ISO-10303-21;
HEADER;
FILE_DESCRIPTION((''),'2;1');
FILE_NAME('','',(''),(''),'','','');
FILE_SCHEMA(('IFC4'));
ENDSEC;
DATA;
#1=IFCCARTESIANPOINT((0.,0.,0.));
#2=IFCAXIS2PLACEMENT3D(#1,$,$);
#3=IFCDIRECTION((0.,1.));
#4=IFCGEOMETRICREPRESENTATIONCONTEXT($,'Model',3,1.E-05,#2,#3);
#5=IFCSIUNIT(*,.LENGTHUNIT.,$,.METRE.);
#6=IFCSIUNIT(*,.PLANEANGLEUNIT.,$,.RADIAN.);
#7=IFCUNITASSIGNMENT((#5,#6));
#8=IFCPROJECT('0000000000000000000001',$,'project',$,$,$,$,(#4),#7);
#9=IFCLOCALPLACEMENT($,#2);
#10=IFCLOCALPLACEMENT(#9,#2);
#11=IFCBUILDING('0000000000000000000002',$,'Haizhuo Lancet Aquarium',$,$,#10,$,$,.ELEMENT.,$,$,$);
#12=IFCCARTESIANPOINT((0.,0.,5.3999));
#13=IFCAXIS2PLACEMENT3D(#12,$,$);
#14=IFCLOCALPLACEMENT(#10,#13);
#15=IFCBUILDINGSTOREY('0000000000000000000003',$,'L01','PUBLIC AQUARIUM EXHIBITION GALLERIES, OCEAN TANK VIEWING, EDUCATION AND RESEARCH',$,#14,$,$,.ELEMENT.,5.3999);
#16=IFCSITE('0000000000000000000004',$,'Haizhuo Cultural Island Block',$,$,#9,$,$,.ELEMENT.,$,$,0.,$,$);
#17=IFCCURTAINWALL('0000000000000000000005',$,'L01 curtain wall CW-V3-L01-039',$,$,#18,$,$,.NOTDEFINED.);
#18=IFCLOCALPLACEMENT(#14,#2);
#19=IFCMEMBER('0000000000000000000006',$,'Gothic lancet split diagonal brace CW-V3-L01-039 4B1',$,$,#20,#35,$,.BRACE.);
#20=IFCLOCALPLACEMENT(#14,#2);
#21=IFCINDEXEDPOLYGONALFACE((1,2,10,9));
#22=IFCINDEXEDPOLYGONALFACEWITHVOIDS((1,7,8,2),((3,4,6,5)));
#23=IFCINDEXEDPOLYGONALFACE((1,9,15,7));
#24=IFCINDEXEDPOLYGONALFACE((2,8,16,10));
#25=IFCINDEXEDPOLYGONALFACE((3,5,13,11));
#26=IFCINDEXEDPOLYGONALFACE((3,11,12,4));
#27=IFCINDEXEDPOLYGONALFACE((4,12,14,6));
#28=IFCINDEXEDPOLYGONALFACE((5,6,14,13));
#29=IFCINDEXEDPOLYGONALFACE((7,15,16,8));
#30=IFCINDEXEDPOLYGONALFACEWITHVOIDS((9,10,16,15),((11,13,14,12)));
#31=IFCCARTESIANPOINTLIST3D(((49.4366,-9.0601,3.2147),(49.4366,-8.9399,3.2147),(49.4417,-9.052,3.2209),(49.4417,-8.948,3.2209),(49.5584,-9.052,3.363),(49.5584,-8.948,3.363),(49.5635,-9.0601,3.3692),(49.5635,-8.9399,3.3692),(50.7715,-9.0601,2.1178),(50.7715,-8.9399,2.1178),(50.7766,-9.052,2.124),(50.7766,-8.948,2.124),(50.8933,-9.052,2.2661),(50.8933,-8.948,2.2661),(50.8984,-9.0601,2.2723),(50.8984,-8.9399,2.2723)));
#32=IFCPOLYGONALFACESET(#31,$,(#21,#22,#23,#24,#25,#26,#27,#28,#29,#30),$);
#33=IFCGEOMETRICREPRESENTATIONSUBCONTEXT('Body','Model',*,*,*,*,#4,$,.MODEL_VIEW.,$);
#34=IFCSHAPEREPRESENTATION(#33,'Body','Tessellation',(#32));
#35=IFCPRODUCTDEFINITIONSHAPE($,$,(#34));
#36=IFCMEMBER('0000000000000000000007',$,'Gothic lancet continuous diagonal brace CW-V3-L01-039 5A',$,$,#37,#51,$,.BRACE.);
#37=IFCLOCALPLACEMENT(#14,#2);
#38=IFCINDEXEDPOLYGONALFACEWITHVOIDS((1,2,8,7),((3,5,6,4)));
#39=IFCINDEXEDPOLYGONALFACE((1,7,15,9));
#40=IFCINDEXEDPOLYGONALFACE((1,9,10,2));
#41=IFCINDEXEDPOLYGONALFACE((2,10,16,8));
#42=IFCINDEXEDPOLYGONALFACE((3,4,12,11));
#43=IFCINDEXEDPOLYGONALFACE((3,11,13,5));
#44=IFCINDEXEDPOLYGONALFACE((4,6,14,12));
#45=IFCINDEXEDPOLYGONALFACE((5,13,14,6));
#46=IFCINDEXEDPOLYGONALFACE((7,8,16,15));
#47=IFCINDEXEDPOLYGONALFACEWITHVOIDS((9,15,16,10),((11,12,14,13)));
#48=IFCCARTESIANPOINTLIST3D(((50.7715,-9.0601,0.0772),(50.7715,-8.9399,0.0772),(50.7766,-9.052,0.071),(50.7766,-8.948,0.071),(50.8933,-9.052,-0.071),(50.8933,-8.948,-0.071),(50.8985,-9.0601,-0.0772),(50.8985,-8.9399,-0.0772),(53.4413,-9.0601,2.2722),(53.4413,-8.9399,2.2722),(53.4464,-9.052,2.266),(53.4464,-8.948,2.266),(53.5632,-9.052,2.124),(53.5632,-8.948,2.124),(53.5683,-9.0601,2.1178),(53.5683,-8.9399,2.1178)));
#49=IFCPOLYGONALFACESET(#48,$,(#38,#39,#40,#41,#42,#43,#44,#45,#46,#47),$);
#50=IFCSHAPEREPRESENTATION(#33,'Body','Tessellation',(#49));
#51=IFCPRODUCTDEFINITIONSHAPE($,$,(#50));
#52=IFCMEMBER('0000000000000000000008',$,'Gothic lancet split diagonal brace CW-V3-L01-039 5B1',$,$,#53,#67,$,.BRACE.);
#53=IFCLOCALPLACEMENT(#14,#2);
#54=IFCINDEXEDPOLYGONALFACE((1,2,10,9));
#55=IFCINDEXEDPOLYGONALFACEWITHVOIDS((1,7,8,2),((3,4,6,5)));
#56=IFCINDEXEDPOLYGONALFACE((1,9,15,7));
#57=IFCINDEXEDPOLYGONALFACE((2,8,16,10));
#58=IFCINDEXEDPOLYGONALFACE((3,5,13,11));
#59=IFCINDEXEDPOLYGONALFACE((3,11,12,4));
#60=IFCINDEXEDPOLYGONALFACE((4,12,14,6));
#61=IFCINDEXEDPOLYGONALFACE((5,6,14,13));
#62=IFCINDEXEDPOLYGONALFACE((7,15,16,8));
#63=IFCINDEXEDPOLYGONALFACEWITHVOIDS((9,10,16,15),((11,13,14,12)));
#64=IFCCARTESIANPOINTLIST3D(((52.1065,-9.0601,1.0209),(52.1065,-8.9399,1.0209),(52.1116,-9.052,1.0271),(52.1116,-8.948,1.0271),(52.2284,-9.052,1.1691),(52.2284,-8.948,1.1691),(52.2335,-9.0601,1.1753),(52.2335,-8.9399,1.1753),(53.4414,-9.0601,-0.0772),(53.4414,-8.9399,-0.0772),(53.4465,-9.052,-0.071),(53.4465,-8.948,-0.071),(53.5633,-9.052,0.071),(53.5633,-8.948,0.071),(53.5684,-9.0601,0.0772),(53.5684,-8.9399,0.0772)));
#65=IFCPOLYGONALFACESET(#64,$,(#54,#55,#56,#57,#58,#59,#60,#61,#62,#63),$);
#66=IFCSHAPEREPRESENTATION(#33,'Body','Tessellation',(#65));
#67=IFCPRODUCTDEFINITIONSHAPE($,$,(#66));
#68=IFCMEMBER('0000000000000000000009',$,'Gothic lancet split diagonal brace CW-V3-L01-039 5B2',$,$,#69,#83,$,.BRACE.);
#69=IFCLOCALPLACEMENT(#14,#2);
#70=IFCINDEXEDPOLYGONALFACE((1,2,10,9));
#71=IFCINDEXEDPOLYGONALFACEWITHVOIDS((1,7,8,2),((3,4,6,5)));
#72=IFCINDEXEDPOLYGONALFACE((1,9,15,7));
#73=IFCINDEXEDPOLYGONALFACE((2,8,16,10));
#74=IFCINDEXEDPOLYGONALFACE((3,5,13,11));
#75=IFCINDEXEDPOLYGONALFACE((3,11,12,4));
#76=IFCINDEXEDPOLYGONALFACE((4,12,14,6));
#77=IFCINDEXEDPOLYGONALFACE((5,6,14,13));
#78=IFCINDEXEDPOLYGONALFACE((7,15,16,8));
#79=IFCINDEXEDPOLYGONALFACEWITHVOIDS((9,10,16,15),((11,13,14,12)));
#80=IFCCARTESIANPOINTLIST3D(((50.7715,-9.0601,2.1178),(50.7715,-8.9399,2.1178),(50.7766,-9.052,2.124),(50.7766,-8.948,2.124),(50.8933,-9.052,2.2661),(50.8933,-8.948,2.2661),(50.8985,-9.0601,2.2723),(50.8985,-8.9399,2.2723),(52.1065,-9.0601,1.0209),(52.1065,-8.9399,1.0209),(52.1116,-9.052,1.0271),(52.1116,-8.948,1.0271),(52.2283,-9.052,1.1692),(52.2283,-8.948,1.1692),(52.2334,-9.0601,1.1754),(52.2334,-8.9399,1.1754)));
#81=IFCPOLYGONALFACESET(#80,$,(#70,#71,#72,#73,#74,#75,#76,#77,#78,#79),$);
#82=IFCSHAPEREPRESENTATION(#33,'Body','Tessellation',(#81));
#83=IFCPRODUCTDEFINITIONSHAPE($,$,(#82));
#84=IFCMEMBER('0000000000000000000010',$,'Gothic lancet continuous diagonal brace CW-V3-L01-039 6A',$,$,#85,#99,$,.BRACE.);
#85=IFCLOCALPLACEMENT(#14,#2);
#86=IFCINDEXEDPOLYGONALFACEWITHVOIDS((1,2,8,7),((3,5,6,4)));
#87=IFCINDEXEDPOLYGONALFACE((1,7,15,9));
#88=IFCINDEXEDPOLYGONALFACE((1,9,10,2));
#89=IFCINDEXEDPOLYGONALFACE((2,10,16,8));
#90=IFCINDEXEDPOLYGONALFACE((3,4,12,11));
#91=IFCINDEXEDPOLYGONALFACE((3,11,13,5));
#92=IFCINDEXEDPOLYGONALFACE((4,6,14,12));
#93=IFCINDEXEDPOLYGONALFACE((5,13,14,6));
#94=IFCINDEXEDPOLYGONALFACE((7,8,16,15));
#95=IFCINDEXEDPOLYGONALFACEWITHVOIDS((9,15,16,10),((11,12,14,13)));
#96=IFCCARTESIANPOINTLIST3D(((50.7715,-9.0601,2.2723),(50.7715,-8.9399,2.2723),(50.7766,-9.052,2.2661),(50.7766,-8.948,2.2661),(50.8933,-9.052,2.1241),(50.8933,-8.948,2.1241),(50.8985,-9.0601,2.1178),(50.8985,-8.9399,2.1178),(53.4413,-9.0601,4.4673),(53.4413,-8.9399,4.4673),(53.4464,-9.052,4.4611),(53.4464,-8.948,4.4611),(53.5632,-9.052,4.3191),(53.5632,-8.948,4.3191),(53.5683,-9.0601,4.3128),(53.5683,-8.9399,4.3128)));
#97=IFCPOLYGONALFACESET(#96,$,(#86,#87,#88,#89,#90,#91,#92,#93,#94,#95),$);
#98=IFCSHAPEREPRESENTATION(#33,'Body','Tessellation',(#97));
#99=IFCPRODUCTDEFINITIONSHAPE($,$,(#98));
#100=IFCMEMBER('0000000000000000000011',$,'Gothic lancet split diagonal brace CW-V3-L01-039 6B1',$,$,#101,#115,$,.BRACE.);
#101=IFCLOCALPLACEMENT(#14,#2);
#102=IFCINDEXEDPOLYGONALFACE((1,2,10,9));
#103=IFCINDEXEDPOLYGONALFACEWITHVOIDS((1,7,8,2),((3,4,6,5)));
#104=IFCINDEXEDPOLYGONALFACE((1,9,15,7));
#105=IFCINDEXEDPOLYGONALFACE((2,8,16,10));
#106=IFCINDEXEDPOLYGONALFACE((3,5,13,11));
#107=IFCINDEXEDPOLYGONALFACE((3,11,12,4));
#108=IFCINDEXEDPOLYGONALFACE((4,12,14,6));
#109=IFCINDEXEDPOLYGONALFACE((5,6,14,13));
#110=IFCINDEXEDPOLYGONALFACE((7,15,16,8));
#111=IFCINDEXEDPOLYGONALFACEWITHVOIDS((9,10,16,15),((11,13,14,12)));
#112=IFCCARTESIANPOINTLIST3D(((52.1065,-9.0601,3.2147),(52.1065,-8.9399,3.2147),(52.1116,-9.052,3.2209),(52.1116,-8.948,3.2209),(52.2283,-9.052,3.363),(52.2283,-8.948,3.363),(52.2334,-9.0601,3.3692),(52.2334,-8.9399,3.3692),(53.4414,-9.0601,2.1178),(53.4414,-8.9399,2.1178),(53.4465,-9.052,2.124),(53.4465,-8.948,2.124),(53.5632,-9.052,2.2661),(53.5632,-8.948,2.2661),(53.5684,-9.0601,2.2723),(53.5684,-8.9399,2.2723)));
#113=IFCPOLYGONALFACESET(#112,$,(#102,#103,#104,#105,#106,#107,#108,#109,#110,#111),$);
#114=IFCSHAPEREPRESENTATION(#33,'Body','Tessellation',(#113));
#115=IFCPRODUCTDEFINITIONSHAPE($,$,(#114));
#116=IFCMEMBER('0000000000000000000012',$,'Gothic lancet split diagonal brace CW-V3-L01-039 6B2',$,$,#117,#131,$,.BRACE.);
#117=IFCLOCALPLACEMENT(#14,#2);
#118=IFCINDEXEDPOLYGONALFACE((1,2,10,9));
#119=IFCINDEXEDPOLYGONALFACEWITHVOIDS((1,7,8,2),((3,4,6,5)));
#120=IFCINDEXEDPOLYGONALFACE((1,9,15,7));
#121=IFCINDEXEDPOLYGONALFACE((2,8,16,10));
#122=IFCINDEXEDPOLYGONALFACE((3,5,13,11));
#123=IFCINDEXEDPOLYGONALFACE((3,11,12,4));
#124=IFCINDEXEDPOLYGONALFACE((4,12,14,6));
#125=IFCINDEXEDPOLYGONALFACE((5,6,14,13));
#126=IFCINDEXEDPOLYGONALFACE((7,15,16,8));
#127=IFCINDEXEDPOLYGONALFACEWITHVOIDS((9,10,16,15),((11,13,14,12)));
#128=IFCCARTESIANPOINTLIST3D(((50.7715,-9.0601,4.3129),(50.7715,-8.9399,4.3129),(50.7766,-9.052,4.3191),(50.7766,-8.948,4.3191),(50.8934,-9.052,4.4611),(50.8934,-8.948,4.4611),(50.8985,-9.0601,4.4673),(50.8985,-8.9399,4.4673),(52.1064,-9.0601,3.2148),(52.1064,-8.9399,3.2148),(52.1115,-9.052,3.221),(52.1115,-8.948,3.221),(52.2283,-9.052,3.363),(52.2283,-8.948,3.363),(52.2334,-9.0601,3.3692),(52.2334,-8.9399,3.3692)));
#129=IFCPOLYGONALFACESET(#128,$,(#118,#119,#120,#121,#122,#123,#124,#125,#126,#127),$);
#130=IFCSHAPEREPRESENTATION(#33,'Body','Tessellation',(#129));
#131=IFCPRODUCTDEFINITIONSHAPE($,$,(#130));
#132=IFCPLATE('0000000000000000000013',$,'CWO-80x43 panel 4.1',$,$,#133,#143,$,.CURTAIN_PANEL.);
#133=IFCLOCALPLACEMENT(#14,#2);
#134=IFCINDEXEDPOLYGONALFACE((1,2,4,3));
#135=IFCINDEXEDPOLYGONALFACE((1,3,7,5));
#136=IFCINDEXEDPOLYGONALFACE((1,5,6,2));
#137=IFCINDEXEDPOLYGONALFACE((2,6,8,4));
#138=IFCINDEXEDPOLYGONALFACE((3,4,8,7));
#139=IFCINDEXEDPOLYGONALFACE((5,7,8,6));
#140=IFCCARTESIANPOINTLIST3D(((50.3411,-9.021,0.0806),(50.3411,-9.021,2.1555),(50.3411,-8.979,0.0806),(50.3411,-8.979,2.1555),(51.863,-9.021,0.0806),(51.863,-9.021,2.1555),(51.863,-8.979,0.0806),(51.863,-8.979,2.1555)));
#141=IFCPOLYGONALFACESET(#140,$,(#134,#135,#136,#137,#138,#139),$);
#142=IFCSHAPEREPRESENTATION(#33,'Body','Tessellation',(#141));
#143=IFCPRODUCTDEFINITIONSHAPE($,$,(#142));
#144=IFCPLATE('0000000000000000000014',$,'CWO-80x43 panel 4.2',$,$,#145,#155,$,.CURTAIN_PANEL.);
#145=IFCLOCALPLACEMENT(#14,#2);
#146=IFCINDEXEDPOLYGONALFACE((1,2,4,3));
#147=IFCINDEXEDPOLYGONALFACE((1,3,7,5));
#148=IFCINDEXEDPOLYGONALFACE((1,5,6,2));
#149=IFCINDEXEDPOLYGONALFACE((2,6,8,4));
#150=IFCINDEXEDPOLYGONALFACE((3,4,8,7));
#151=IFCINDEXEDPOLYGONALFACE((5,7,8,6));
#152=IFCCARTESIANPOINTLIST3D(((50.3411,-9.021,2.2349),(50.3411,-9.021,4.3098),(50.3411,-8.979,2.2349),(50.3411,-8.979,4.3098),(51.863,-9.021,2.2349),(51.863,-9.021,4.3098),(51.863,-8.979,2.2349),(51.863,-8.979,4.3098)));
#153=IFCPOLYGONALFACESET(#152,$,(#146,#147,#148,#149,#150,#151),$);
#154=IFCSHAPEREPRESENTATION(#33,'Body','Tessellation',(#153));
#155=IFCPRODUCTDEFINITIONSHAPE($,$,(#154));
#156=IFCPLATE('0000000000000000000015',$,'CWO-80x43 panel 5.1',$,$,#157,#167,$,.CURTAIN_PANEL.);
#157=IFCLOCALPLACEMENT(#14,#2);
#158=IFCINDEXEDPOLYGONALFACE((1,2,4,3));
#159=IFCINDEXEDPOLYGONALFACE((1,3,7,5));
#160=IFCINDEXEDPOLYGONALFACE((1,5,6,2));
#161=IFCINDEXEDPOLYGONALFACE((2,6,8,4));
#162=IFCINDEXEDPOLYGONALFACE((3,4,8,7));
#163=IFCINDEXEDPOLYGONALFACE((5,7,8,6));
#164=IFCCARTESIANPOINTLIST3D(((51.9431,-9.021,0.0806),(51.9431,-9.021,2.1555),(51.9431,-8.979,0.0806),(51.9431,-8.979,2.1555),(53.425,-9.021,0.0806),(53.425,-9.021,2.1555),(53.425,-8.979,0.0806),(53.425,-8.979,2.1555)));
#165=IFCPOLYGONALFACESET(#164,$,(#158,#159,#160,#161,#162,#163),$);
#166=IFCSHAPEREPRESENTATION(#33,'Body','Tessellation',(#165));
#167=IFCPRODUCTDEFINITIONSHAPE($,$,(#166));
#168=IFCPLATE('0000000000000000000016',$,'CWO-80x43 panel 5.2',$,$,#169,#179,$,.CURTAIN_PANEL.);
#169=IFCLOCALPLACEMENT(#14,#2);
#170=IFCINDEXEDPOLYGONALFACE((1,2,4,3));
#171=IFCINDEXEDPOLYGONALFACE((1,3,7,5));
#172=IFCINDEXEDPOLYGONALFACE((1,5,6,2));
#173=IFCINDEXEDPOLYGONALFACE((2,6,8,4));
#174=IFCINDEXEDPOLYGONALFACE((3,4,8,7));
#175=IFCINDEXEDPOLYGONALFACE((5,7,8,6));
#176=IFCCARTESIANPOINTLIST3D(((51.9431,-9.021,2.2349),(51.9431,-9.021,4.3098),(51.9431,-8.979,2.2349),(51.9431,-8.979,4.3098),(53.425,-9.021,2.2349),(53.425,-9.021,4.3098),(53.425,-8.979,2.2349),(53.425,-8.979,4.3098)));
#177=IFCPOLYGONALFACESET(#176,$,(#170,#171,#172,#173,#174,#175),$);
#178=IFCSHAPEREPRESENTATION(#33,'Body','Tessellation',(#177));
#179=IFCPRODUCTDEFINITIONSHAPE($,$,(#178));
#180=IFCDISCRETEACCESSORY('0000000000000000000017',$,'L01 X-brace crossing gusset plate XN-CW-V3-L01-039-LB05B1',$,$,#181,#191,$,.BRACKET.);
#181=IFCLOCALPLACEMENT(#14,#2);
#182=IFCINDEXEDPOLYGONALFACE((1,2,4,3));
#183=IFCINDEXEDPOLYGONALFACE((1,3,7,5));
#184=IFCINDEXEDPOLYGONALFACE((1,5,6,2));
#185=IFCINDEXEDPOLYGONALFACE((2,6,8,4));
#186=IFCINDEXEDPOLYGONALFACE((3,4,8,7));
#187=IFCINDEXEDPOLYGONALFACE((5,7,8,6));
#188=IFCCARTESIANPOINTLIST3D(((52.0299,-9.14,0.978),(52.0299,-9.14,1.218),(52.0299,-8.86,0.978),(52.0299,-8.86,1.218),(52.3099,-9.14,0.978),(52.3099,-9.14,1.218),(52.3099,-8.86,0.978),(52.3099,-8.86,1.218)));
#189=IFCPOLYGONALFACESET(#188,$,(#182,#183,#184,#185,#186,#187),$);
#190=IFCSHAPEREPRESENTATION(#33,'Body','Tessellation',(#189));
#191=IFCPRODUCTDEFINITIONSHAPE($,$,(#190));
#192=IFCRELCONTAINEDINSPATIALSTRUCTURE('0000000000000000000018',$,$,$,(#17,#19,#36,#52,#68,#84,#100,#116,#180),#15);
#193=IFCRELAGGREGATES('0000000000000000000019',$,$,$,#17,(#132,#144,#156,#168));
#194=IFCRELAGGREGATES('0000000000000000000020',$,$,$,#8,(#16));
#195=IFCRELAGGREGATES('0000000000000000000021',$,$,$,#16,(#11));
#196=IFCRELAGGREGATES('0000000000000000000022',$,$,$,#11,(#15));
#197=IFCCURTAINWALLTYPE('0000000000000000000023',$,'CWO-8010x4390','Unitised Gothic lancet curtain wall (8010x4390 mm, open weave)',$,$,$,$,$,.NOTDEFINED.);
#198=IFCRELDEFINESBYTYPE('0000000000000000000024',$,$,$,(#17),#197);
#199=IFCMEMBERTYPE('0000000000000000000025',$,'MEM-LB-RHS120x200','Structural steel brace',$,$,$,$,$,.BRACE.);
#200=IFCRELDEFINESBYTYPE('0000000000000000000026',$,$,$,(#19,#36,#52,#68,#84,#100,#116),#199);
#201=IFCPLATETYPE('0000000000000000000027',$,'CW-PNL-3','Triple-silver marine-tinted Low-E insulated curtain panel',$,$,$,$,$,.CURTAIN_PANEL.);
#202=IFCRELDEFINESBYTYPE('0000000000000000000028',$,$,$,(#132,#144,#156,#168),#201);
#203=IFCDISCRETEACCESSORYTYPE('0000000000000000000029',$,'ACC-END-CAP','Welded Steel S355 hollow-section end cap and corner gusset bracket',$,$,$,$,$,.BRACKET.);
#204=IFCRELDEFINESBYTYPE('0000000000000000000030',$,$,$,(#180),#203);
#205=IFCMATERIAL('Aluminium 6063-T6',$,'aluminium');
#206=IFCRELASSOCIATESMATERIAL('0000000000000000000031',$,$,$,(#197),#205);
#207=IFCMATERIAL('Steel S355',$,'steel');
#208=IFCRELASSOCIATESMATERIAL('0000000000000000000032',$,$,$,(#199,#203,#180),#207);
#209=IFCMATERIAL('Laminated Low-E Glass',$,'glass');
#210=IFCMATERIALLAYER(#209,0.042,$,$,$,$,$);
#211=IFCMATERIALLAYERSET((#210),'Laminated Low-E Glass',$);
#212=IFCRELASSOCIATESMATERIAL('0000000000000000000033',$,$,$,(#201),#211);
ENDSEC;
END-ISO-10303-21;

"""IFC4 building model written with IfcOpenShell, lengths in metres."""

from ifc_helpers import new_model, si_unit, direction, frame, origin, origin_2d, place, context, subcontext, project, spatial, rectangle, hollow_rectangle, extrude, material, layer, layer_set, material_profile, profile_set, type_object, element, aggregate, save


model = new_model("IFC4")

# Units and contexts
model_context = context("Model", 3, precision=1e-05, world=origin(), true_north=direction((0.0, 1.0)))
body_context = subcontext(model_context, "Body", "Model", "MODEL_VIEW")
ifc_project = project(units=[si_unit("LENGTHUNIT", "METRE"), si_unit("PLANEANGLEUNIT", "RADIAN")], contexts=[model_context])

# Site, building, storey
site_placement = place(None, origin())
site = spatial("IfcSite", under=ifc_project, at=site_placement, Name="Haizhuo Cultural Island Block", CompositionType="ELEMENT", RefElevation=0.0)
building_placement = place(site_placement, origin())
building = spatial("IfcBuilding", under=site, at=building_placement, Name="Haizhuo Lancet Aquarium", CompositionType="ELEMENT")
storey_placement = place(building_placement, frame((0.0, 0.0, 5.3999)))
storey = spatial("IfcBuildingStorey", under=building, at=storey_placement, Name="L01", Description="PUBLIC AQUARIUM EXHIBITION GALLERIES, OCEAN TANK VIEWING, EDUCATION AND RESEARCH", CompositionType="ELEMENT", Elevation=5.3999)

# Curtain wall
ifc_material_1 = material(Name="Aluminium 6063-T6", Category="aluminium")
curtain_wall_type = type_object("IfcCurtainWallType", Name="CWO-8010x4390", Description="Unitised Gothic lancet curtain wall (8010x4390 mm, open weave)", PredefinedType="NOTDEFINED", material=ifc_material_1)
curtain_wall_placement = place(storey_placement, origin())
curtain_wall = element("IfcCurtainWall", 1, at=curtain_wall_placement, inside=storey, type_object=curtain_wall_type, Name="L01 curtain wall CW-V3-L01-039", PredefinedType="NOTDEFINED")

# Members
ifc_material_2 = material(Name="Steel S355", Category="steel")
ifc_material_profile_1 = material_profile(ifc_material_2, hollow_rectangle(XDim=0.1201, YDim=0.2, WallThickness=0.0081, at=origin_2d()), Name="RHS 120x200x8")
ifc_profile_set_1 = profile_set([ifc_material_profile_1], Name="Steel S355")
member_type_1 = type_object("IfcMemberType", Name="MEM-LB-RHS120x200", Description="Structural steel brace", PredefinedType="BRACE", material=ifc_profile_set_1)
member_1_placement = place(storey_placement, frame((50.835, -9.0, 2.1951), z_axis=(-0.772627, 0.0, 0.63486), x_axis=(0.0, -1.0, 0.0)))
element("IfcMember", 2, at=member_1_placement, inside=storey, type_object=member_type_1, Name="Gothic lancet split diagonal brace CW-V3-L01-039 4B1", PredefinedType="BRACE", context=body_context, shape_type="SweptSolid", body=[
    extrude(hollow_rectangle(XDim=0.1201, YDim=0.2, WallThickness=0.0081, at=origin_2d()), origin(), (0.0, 0.0, 1.0), 1.7278),
])
member_2_placement = place(storey_placement, frame((50.835, -9.0, 0.0), z_axis=(0.772454, 0.0, 0.635071), x_axis=(0.0, 1.0, 0.0)))
element("IfcMember", 3, at=member_2_placement, inside=storey, type_object=member_type_1, Name="Gothic lancet continuous diagonal brace CW-V3-L01-039 5A", PredefinedType="BRACE", context=body_context, shape_type="SweptSolid", body=[
    extrude(hollow_rectangle(XDim=0.1201, YDim=0.2, WallThickness=0.0081, at=origin_2d()), origin(), (0.0, 0.0, 1.0), 3.4563),
])
member_3_placement = place(storey_placement, frame((53.5049, -9.0, 0.0), z_axis=(-0.772281, 0.0, 0.635281), x_axis=(0.0, -1.0, 0.0)))
element("IfcMember", 4, at=member_3_placement, inside=storey, type_object=member_type_1, Name="Gothic lancet split diagonal brace CW-V3-L01-039 5B1", PredefinedType="BRACE", context=body_context, shape_type="SweptSolid", body=[
    extrude(hollow_rectangle(XDim=0.1201, YDim=0.2, WallThickness=0.0081, at=origin_2d()), origin(), (0.0, 0.0, 1.0), 1.7285),
])
member_4_placement = place(storey_placement, frame((52.1699, -9.0, 1.0981), z_axis=(-0.772627, 0.0, 0.63486), x_axis=(0.0, -1.0, 0.0)))
element("IfcMember", 5, at=member_4_placement, inside=storey, type_object=member_type_1, Name="Gothic lancet split diagonal brace CW-V3-L01-039 5B2", PredefinedType="BRACE", context=body_context, shape_type="SweptSolid", body=[
    extrude(hollow_rectangle(XDim=0.1201, YDim=0.2, WallThickness=0.0081, at=origin_2d()), origin(), (0.0, 0.0, 1.0), 1.7278),
])
member_5_placement = place(storey_placement, frame((50.835, -9.0, 2.1951), z_axis=(0.772454, 0.0, 0.635071), x_axis=(0.0, 1.0, 0.0)))
element("IfcMember", 6, at=member_5_placement, inside=storey, type_object=member_type_1, Name="Gothic lancet continuous diagonal brace CW-V3-L01-039 6A", PredefinedType="BRACE", context=body_context, shape_type="SweptSolid", body=[
    extrude(hollow_rectangle(XDim=0.1201, YDim=0.2, WallThickness=0.0081, at=origin_2d()), origin(), (0.0, 0.0, 1.0), 3.4563),
])
member_6_placement = place(storey_placement, frame((53.5049, -9.0, 2.1951), z_axis=(-0.772627, 0.0, 0.63486), x_axis=(0.0, -1.0, 0.0)))
element("IfcMember", 7, at=member_6_placement, inside=storey, type_object=member_type_1, Name="Gothic lancet split diagonal brace CW-V3-L01-039 6B1", PredefinedType="BRACE", context=body_context, shape_type="SweptSolid", body=[
    extrude(hollow_rectangle(XDim=0.1201, YDim=0.2, WallThickness=0.0081, at=origin_2d()), origin(), (0.0, 0.0, 1.0), 1.7278),
])
member_7_placement = place(storey_placement, frame((52.1699, -9.0, 3.292), z_axis=(-0.772281, 0.0, 0.635281), x_axis=(0.0, -1.0, 0.0)))
element("IfcMember", 8, at=member_7_placement, inside=storey, type_object=member_type_1, Name="Gothic lancet split diagonal brace CW-V3-L01-039 6B2", PredefinedType="BRACE", context=body_context, shape_type="SweptSolid", body=[
    extrude(hollow_rectangle(XDim=0.1201, YDim=0.2, WallThickness=0.0081, at=origin_2d()), origin(), (0.0, 0.0, 1.0), 1.7285),
])

# Plates
ifc_material_3 = material(Name="Laminated Low-E Glass", Category="glass")
ifc_layer = layer(ifc_material_3, 0.042)
ifc_layer_set = layer_set([ifc_layer], Name="Laminated Low-E Glass")
plate_type = type_object("IfcPlateType", Name="CW-PNL-3", Description="Triple-silver marine-tinted Low-E insulated curtain panel", PredefinedType="CURTAIN_PANEL", material=ifc_layer_set)
plate_1_placement = place(storey_placement, frame((51.1021, -9.0, 0.0806), z_axis=(0.0, 0.0, 1.0), x_axis=(1.0, 0.0, 0.0)))
plate_1 = element("IfcPlate", 9, at=plate_1_placement, type_object=plate_type, Name="CWO-80x43 panel 4.1", PredefinedType="CURTAIN_PANEL", context=body_context, shape_type="SweptSolid", body=[
    extrude(rectangle(XDim=1.522, YDim=0.042, at=origin_2d()), origin(), (0.0, 0.0, 1.0), 2.075),
])
plate_2_placement = place(storey_placement, frame((51.1021, -9.0, 2.2349), z_axis=(0.0, 0.0, 1.0), x_axis=(1.0, 0.0, 0.0)))
plate_2 = element("IfcPlate", 10, at=plate_2_placement, type_object=plate_type, Name="CWO-80x43 panel 4.2", PredefinedType="CURTAIN_PANEL", context=body_context, shape_type="SweptSolid", body=[
    extrude(rectangle(XDim=1.522, YDim=0.042, at=origin_2d()), origin(), (0.0, 0.0, 1.0), 2.075),
])
plate_3_placement = place(storey_placement, frame((52.6841, -9.0, 0.0806), z_axis=(0.0, 0.0, 1.0), x_axis=(1.0, 0.0, 0.0)))
plate_3 = element("IfcPlate", 11, at=plate_3_placement, type_object=plate_type, Name="CWO-80x43 panel 5.1", PredefinedType="CURTAIN_PANEL", context=body_context, shape_type="SweptSolid", body=[
    extrude(rectangle(XDim=1.4819, YDim=0.042, at=origin_2d()), origin(), (0.0, 0.0, 1.0), 2.075),
])
plate_4_placement = place(storey_placement, frame((52.6841, -9.0, 2.2349), z_axis=(0.0, 0.0, 1.0), x_axis=(1.0, 0.0, 0.0)))
plate_4 = element("IfcPlate", 12, at=plate_4_placement, type_object=plate_type, Name="CWO-80x43 panel 5.2", PredefinedType="CURTAIN_PANEL", context=body_context, shape_type="SweptSolid", body=[
    extrude(rectangle(XDim=1.4819, YDim=0.042, at=origin_2d()), origin(), (0.0, 0.0, 1.0), 2.075),
])
aggregate(curtain_wall, [plate_1, plate_2, plate_3, plate_4])

# Discrete accessory
discrete_accessory_type = type_object("IfcDiscreteAccessoryType", Name="ACC-END-CAP", Description="Welded Steel S355 hollow-section end cap and corner gusset bracket", PredefinedType="BRACKET", material=ifc_material_2)
for number, where, z_axis, x_axis, name in (
    (13, (52.1699, -9.0, 0.978), (0.0, 0.0, 1.0), (1.0, 0.0, 0.0), "L01 X-brace crossing gusset plate XN-CW-V3-L01-039-LB05B1"),
):
    element("IfcDiscreteAccessory", number, at=place(storey_placement, frame(where, z_axis=z_axis, x_axis=x_axis)), inside=storey, type_object=discrete_accessory_type, material=ifc_material_2, Name=name, PredefinedType="BRACKET", context=body_context, shape_type="SweptSolid", body=[
        extrude(rectangle(XDim=0.28, YDim=0.28, at=origin_2d()), origin(), (0.0, 0.0, 1.0), 0.24),
    ])

save(model, "model.ifc")
